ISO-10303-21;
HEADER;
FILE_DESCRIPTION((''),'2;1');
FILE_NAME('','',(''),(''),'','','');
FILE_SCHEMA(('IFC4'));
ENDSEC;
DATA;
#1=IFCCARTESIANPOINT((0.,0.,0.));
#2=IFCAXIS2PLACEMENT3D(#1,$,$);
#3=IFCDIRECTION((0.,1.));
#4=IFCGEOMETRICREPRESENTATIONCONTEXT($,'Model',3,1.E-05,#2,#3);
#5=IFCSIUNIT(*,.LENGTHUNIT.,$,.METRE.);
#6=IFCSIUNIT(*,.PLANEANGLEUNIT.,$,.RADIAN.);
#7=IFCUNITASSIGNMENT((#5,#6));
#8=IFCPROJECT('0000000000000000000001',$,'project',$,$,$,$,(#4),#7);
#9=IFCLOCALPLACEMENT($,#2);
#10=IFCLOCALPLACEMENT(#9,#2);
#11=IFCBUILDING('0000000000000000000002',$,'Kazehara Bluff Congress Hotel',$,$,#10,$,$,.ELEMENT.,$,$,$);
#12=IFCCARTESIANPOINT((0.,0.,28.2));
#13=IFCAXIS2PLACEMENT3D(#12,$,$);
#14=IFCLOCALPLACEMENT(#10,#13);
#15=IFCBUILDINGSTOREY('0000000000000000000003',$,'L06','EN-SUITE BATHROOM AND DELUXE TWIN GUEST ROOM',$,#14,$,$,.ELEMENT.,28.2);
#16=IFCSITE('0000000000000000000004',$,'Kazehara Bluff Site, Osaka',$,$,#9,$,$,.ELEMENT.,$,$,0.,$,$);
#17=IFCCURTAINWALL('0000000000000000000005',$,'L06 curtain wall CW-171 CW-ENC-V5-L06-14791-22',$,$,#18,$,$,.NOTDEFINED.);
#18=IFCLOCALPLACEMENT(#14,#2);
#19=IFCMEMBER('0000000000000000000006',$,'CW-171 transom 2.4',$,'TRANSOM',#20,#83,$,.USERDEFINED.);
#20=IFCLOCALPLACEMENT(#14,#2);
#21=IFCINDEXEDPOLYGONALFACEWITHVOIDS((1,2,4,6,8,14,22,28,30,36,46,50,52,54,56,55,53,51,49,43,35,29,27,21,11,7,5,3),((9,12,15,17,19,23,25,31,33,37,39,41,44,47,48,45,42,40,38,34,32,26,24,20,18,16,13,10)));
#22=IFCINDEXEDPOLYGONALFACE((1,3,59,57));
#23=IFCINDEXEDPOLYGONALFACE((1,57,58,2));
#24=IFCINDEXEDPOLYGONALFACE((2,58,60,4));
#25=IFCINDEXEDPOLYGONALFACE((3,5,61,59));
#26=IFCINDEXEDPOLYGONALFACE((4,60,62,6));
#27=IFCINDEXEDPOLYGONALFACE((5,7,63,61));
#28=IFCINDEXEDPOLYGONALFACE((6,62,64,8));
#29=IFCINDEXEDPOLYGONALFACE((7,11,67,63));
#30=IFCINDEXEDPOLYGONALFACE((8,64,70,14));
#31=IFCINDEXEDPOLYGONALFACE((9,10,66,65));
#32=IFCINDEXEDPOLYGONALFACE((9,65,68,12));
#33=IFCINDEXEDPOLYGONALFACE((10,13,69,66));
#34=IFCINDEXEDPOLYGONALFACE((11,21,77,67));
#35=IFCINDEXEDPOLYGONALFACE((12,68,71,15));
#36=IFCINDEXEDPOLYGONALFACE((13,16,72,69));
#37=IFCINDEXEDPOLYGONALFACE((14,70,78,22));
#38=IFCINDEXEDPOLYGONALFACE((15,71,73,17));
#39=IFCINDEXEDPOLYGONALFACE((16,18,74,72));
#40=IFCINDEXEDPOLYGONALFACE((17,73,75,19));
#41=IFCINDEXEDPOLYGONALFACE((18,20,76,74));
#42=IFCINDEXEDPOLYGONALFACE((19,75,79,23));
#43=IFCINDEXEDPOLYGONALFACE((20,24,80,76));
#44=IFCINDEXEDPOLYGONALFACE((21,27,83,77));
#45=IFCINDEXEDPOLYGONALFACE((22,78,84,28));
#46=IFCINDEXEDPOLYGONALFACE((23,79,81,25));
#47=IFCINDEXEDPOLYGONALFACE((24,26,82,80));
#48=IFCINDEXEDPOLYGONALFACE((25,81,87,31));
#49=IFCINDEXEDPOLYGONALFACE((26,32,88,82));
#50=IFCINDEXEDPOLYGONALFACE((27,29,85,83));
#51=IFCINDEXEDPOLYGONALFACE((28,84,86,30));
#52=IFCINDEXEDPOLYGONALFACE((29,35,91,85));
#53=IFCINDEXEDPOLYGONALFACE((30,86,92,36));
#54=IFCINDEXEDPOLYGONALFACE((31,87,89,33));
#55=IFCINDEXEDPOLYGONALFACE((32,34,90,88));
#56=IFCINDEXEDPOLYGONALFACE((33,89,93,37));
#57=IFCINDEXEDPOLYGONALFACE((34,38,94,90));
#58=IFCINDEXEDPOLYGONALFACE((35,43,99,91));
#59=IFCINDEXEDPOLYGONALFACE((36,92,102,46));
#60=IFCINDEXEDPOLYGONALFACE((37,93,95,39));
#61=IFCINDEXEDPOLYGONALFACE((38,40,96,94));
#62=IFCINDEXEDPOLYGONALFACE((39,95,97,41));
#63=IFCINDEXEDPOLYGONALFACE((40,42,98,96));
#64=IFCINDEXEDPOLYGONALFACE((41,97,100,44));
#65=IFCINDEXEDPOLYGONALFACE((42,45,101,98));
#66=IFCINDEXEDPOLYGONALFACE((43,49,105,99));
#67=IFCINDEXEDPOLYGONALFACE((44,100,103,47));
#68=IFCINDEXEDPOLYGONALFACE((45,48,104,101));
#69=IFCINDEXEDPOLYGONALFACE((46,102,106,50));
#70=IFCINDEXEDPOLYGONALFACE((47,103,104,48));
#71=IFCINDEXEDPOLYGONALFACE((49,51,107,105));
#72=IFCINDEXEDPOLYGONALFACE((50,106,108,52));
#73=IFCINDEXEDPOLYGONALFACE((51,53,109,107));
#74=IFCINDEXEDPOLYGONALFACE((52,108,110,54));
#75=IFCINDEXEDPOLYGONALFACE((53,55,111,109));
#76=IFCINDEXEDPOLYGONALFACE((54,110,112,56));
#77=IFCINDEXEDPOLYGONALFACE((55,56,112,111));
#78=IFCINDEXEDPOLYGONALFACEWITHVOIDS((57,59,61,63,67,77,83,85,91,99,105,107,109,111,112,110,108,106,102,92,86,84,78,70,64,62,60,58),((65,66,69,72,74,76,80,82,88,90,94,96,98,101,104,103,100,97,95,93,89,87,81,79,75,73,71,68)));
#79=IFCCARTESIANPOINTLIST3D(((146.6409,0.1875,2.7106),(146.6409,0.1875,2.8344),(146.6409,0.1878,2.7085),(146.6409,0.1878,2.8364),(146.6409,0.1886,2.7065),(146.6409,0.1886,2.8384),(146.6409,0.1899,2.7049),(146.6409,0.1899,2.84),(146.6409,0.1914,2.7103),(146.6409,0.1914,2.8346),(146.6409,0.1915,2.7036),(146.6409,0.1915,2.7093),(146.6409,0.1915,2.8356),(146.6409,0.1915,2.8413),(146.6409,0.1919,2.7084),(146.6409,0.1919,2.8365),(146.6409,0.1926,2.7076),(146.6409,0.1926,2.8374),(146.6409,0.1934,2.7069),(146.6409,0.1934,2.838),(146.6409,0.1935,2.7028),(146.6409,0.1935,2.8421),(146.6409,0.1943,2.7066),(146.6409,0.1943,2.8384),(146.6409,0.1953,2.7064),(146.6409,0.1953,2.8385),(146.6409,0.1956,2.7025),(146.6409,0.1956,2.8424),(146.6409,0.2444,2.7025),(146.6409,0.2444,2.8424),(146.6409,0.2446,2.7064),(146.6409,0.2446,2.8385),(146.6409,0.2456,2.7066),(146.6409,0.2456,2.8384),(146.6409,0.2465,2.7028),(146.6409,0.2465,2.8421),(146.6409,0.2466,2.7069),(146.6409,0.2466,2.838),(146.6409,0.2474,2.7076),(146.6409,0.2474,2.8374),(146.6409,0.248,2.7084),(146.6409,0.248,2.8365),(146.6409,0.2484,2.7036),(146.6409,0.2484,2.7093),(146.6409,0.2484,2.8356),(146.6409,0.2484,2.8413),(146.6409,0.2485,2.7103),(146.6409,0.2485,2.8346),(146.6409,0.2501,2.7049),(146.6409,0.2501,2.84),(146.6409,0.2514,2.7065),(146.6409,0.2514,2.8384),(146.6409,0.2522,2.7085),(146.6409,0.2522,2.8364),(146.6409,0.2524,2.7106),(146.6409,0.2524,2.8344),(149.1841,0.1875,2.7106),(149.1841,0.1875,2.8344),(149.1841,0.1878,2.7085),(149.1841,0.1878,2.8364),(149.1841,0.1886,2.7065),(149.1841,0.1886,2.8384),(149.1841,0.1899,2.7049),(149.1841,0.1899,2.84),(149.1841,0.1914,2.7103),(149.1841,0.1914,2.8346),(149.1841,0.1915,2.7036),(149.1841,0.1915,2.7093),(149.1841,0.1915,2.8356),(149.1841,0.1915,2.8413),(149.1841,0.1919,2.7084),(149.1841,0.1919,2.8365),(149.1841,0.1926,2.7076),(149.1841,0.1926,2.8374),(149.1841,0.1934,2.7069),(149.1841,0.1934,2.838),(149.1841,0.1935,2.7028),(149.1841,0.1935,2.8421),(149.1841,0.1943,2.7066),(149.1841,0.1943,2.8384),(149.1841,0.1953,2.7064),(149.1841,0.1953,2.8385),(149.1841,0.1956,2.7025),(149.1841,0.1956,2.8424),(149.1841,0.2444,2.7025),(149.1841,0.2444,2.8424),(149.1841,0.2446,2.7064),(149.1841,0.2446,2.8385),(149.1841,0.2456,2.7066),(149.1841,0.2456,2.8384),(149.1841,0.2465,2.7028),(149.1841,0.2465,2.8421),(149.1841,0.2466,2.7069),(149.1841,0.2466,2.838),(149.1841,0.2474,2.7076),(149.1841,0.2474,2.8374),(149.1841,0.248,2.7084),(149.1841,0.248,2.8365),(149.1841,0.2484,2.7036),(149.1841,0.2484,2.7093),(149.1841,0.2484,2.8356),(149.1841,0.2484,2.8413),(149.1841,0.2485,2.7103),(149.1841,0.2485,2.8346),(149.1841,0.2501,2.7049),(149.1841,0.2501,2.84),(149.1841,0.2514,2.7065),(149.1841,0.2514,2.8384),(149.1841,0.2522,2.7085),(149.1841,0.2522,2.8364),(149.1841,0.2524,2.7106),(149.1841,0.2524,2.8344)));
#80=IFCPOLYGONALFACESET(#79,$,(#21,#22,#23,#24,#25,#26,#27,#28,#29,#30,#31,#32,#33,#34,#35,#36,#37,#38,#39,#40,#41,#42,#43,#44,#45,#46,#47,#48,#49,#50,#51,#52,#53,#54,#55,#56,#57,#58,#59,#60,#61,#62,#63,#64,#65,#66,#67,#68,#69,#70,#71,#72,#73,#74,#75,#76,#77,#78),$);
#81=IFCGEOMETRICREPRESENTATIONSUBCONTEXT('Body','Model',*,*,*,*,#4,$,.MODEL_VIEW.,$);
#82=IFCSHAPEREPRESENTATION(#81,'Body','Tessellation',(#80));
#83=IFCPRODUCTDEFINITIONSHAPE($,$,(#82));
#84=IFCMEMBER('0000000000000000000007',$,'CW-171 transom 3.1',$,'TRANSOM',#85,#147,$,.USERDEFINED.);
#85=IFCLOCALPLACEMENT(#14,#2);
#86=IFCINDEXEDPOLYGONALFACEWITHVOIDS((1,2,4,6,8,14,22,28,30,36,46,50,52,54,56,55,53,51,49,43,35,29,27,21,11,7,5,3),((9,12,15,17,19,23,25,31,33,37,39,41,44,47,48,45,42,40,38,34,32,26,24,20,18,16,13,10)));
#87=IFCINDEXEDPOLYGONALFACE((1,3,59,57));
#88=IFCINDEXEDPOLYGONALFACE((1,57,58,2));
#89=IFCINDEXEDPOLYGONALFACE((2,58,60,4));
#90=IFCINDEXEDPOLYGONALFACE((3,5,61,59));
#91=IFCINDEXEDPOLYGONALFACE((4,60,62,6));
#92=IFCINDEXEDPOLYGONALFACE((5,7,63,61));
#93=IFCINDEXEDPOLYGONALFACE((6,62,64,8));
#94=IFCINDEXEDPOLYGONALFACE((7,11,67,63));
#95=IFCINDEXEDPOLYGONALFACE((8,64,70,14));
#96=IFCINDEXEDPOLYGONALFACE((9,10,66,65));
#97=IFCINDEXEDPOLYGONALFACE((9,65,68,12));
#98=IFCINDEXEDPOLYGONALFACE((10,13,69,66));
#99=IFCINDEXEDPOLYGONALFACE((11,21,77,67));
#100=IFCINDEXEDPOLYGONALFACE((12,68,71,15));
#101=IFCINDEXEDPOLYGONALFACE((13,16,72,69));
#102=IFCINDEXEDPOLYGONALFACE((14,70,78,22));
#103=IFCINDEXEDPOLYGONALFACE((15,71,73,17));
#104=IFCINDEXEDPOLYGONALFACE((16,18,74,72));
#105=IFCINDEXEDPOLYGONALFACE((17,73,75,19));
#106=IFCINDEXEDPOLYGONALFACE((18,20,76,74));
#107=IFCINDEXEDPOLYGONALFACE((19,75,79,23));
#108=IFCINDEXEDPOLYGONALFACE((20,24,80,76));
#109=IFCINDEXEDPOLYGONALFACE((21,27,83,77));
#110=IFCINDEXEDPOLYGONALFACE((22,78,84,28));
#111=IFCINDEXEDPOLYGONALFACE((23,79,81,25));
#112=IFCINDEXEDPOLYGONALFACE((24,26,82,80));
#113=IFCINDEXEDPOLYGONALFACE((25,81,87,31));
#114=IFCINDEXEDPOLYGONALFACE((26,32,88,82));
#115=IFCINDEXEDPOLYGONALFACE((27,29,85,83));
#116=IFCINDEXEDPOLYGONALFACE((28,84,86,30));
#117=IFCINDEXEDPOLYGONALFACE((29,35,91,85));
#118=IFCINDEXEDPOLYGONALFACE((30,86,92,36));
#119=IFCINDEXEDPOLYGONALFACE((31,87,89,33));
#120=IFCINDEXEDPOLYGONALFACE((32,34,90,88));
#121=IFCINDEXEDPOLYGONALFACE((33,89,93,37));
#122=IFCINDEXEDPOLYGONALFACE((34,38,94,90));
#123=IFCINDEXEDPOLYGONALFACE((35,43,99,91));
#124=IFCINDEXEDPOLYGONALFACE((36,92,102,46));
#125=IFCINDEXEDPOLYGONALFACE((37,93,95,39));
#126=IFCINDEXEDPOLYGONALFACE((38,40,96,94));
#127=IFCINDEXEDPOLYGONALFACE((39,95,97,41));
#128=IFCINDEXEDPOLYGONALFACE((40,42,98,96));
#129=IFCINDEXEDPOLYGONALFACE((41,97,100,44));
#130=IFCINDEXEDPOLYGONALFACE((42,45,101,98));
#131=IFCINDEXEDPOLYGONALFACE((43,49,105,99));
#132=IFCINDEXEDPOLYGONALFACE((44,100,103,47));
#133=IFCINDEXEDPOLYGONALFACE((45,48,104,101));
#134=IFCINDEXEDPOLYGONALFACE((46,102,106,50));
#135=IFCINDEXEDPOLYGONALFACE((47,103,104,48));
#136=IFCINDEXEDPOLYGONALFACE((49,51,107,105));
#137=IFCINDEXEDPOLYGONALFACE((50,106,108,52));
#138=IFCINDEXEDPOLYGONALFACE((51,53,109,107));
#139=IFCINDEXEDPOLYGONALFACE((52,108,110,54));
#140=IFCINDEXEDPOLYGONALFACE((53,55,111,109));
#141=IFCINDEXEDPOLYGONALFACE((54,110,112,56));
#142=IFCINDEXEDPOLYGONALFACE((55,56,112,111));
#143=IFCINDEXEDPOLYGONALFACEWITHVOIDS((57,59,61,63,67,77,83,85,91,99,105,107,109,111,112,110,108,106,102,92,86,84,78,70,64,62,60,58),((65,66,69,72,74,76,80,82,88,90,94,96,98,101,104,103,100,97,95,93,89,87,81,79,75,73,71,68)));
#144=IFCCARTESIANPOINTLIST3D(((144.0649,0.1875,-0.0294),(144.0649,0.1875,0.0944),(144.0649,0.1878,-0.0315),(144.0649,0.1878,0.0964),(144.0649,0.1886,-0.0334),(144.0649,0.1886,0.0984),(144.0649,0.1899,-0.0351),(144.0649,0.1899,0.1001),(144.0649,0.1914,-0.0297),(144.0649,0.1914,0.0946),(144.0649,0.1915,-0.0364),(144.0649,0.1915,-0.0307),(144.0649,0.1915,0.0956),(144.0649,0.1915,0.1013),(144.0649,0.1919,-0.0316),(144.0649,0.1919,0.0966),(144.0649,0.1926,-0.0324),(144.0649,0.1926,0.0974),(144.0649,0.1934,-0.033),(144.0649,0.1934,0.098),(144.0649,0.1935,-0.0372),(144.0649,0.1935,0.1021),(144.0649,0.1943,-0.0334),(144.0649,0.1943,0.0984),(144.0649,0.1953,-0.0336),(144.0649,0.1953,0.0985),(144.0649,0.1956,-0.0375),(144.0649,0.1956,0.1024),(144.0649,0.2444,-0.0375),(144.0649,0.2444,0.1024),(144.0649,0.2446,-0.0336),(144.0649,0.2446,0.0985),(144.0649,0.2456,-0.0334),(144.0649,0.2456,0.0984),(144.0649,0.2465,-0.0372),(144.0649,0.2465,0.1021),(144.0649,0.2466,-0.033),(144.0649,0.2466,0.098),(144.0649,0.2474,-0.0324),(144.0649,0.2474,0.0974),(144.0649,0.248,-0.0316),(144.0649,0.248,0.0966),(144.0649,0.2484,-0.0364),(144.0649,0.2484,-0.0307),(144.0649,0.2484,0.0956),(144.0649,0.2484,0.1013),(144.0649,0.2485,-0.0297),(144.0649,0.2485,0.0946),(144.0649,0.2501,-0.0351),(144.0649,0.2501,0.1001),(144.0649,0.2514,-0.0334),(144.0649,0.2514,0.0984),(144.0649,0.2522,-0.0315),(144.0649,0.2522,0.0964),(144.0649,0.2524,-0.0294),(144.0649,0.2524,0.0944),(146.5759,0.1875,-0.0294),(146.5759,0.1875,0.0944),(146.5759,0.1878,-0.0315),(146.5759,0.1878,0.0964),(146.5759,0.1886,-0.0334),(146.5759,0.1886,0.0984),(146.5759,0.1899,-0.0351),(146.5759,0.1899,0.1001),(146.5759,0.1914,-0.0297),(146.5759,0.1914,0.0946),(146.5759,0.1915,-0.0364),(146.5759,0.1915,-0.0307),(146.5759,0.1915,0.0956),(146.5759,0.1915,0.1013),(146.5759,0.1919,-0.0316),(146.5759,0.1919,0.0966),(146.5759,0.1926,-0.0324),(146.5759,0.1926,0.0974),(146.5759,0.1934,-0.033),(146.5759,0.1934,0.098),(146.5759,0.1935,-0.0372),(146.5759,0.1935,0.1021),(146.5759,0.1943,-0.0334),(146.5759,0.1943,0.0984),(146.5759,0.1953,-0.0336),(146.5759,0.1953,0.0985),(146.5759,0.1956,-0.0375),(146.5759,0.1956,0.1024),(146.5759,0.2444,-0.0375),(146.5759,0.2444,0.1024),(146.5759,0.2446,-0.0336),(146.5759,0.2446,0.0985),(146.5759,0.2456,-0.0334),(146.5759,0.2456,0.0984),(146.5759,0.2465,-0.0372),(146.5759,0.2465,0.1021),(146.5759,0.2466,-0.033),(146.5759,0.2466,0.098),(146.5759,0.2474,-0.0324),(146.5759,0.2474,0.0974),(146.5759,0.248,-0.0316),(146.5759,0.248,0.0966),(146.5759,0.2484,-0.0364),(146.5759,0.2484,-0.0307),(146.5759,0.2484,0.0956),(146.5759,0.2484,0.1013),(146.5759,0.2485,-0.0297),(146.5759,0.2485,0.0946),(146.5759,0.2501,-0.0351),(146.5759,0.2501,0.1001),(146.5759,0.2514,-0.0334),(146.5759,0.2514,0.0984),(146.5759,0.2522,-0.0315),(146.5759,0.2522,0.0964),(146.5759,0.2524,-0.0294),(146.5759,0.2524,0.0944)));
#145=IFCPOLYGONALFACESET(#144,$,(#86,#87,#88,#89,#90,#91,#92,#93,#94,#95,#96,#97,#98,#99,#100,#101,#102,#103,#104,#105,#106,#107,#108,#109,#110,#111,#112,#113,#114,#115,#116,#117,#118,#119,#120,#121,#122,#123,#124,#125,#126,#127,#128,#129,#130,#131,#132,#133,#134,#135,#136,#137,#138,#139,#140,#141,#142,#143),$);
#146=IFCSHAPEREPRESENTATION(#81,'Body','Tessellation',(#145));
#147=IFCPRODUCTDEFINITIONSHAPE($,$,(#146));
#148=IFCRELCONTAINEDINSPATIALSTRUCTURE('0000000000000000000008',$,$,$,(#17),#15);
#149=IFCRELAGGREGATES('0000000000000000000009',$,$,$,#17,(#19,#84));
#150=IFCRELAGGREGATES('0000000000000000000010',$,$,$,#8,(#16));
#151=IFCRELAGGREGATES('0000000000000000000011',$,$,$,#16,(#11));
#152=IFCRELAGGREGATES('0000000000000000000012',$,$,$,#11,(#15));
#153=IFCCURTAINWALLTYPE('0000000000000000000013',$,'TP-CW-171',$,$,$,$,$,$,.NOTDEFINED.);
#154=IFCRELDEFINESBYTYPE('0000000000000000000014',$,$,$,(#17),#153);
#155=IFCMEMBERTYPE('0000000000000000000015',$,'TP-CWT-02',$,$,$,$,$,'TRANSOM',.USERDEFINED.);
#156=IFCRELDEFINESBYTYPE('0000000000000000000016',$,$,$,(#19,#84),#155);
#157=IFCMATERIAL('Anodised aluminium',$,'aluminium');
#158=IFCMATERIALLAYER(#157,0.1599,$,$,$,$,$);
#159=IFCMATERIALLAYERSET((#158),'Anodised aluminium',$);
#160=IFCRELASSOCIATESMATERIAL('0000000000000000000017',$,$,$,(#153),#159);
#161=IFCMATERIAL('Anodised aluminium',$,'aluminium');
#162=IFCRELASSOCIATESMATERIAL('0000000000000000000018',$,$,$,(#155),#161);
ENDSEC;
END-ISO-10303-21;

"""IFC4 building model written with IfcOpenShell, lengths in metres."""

from ifc_helpers import new_model, si_unit, direction, frame, origin, origin_2d, place, context, subcontext, project, spatial, hollow_rectangle, extrude, material, layer, layer_set, material_profile, profile_set, type_object, element, aggregate, save


model = new_model("IFC4")

# Units and contexts
model_context = context("Model", 3, precision=1e-05, world=origin(), true_north=direction((0.0, 1.0)))
body_context = subcontext(model_context, "Body", "Model", "MODEL_VIEW")
ifc_project = project(units=[si_unit("LENGTHUNIT", "METRE"), si_unit("PLANEANGLEUNIT", "RADIAN")], contexts=[model_context])

# Site, building, storey
site_placement = place(None, origin())
site = spatial("IfcSite", under=ifc_project, at=site_placement, Name="Kazehara Bluff Site, Osaka", CompositionType="ELEMENT", RefElevation=0.0)
building_placement = place(site_placement, origin())
building = spatial("IfcBuilding", under=site, at=building_placement, Name="Kazehara Bluff Congress Hotel", CompositionType="ELEMENT")
storey_placement = place(building_placement, frame((0.0, 0.0, 28.2)))
storey = spatial("IfcBuildingStorey", under=building, at=storey_placement, Name="L06", Description="EN-SUITE BATHROOM AND DELUXE TWIN GUEST ROOM", CompositionType="ELEMENT", Elevation=28.2)

# Curtain wall, members
ifc_material_1 = material(Name="Anodised aluminium", Category="aluminium")
ifc_layer_1 = layer(ifc_material_1, 0.1599)
ifc_layer_set_1 = layer_set([ifc_layer_1], Name="Anodised aluminium")
curtain_wall_type = type_object("IfcCurtainWallType", Name="TP-CW-171", PredefinedType="NOTDEFINED", material=ifc_layer_set_1)
curtain_wall_placement = place(storey_placement, origin())
curtain_wall = element("IfcCurtainWall", 1, at=curtain_wall_placement, inside=storey, type_object=curtain_wall_type, Name="L06 curtain wall CW-171 CW-ENC-V5-L06-14791-22", PredefinedType="NOTDEFINED")
ifc_material_2 = material(Name="Anodised aluminium", Category="aluminium")
ifc_material_profile_1 = material_profile(ifc_material_2, hollow_rectangle(XDim=0.0649, YDim=0.1399, WallThickness=0.0039, InnerFilletRadius=0.0039, OuterFilletRadius=0.0081, at=origin_2d()))
ifc_profile_set_1 = profile_set([ifc_material_profile_1], Name="Anodised aluminium")
member_type_1 = type_object("IfcMemberType", Name="TP-CWT-02", ElementType="TRANSOM", PredefinedType="USERDEFINED", material=ifc_profile_set_1)
member_1_placement = place(storey_placement, frame((149.1841, 0.22, 2.7725), z_axis=(-1.0, 0.0, 0.0), x_axis=(0.0, -1.0, 0.0)))
member_1 = element("IfcMember", 2, at=member_1_placement, type_object=member_type_1, Name="CW-171 transom 2.4", ObjectType="TRANSOM", PredefinedType="USERDEFINED", context=body_context, shape_type="SweptSolid", body=[
    extrude(hollow_rectangle(XDim=0.0649, YDim=0.1399, WallThickness=0.0039, InnerFilletRadius=0.0039, OuterFilletRadius=0.0081, at=origin_2d()), origin(), (0.0, 0.0, 1.0), 2.5432),
])
member_2_placement = place(storey_placement, frame((146.5759, 0.22, 0.0325), z_axis=(-1.0, 0.0, 0.0), x_axis=(0.0, -1.0, 0.0)))
member_2 = element("IfcMember", 3, at=member_2_placement, type_object=member_type_1, Name="CW-171 transom 3.1", ObjectType="TRANSOM", PredefinedType="USERDEFINED", context=body_context, shape_type="SweptSolid", body=[
    extrude(hollow_rectangle(XDim=0.0649, YDim=0.1399, WallThickness=0.0039, InnerFilletRadius=0.0039, OuterFilletRadius=0.0081, at=origin_2d()), origin(), (0.0, 0.0, 1.0), 2.511),
])
aggregate(curtain_wall, [member_1, member_2])

save(model, "model.ifc")
